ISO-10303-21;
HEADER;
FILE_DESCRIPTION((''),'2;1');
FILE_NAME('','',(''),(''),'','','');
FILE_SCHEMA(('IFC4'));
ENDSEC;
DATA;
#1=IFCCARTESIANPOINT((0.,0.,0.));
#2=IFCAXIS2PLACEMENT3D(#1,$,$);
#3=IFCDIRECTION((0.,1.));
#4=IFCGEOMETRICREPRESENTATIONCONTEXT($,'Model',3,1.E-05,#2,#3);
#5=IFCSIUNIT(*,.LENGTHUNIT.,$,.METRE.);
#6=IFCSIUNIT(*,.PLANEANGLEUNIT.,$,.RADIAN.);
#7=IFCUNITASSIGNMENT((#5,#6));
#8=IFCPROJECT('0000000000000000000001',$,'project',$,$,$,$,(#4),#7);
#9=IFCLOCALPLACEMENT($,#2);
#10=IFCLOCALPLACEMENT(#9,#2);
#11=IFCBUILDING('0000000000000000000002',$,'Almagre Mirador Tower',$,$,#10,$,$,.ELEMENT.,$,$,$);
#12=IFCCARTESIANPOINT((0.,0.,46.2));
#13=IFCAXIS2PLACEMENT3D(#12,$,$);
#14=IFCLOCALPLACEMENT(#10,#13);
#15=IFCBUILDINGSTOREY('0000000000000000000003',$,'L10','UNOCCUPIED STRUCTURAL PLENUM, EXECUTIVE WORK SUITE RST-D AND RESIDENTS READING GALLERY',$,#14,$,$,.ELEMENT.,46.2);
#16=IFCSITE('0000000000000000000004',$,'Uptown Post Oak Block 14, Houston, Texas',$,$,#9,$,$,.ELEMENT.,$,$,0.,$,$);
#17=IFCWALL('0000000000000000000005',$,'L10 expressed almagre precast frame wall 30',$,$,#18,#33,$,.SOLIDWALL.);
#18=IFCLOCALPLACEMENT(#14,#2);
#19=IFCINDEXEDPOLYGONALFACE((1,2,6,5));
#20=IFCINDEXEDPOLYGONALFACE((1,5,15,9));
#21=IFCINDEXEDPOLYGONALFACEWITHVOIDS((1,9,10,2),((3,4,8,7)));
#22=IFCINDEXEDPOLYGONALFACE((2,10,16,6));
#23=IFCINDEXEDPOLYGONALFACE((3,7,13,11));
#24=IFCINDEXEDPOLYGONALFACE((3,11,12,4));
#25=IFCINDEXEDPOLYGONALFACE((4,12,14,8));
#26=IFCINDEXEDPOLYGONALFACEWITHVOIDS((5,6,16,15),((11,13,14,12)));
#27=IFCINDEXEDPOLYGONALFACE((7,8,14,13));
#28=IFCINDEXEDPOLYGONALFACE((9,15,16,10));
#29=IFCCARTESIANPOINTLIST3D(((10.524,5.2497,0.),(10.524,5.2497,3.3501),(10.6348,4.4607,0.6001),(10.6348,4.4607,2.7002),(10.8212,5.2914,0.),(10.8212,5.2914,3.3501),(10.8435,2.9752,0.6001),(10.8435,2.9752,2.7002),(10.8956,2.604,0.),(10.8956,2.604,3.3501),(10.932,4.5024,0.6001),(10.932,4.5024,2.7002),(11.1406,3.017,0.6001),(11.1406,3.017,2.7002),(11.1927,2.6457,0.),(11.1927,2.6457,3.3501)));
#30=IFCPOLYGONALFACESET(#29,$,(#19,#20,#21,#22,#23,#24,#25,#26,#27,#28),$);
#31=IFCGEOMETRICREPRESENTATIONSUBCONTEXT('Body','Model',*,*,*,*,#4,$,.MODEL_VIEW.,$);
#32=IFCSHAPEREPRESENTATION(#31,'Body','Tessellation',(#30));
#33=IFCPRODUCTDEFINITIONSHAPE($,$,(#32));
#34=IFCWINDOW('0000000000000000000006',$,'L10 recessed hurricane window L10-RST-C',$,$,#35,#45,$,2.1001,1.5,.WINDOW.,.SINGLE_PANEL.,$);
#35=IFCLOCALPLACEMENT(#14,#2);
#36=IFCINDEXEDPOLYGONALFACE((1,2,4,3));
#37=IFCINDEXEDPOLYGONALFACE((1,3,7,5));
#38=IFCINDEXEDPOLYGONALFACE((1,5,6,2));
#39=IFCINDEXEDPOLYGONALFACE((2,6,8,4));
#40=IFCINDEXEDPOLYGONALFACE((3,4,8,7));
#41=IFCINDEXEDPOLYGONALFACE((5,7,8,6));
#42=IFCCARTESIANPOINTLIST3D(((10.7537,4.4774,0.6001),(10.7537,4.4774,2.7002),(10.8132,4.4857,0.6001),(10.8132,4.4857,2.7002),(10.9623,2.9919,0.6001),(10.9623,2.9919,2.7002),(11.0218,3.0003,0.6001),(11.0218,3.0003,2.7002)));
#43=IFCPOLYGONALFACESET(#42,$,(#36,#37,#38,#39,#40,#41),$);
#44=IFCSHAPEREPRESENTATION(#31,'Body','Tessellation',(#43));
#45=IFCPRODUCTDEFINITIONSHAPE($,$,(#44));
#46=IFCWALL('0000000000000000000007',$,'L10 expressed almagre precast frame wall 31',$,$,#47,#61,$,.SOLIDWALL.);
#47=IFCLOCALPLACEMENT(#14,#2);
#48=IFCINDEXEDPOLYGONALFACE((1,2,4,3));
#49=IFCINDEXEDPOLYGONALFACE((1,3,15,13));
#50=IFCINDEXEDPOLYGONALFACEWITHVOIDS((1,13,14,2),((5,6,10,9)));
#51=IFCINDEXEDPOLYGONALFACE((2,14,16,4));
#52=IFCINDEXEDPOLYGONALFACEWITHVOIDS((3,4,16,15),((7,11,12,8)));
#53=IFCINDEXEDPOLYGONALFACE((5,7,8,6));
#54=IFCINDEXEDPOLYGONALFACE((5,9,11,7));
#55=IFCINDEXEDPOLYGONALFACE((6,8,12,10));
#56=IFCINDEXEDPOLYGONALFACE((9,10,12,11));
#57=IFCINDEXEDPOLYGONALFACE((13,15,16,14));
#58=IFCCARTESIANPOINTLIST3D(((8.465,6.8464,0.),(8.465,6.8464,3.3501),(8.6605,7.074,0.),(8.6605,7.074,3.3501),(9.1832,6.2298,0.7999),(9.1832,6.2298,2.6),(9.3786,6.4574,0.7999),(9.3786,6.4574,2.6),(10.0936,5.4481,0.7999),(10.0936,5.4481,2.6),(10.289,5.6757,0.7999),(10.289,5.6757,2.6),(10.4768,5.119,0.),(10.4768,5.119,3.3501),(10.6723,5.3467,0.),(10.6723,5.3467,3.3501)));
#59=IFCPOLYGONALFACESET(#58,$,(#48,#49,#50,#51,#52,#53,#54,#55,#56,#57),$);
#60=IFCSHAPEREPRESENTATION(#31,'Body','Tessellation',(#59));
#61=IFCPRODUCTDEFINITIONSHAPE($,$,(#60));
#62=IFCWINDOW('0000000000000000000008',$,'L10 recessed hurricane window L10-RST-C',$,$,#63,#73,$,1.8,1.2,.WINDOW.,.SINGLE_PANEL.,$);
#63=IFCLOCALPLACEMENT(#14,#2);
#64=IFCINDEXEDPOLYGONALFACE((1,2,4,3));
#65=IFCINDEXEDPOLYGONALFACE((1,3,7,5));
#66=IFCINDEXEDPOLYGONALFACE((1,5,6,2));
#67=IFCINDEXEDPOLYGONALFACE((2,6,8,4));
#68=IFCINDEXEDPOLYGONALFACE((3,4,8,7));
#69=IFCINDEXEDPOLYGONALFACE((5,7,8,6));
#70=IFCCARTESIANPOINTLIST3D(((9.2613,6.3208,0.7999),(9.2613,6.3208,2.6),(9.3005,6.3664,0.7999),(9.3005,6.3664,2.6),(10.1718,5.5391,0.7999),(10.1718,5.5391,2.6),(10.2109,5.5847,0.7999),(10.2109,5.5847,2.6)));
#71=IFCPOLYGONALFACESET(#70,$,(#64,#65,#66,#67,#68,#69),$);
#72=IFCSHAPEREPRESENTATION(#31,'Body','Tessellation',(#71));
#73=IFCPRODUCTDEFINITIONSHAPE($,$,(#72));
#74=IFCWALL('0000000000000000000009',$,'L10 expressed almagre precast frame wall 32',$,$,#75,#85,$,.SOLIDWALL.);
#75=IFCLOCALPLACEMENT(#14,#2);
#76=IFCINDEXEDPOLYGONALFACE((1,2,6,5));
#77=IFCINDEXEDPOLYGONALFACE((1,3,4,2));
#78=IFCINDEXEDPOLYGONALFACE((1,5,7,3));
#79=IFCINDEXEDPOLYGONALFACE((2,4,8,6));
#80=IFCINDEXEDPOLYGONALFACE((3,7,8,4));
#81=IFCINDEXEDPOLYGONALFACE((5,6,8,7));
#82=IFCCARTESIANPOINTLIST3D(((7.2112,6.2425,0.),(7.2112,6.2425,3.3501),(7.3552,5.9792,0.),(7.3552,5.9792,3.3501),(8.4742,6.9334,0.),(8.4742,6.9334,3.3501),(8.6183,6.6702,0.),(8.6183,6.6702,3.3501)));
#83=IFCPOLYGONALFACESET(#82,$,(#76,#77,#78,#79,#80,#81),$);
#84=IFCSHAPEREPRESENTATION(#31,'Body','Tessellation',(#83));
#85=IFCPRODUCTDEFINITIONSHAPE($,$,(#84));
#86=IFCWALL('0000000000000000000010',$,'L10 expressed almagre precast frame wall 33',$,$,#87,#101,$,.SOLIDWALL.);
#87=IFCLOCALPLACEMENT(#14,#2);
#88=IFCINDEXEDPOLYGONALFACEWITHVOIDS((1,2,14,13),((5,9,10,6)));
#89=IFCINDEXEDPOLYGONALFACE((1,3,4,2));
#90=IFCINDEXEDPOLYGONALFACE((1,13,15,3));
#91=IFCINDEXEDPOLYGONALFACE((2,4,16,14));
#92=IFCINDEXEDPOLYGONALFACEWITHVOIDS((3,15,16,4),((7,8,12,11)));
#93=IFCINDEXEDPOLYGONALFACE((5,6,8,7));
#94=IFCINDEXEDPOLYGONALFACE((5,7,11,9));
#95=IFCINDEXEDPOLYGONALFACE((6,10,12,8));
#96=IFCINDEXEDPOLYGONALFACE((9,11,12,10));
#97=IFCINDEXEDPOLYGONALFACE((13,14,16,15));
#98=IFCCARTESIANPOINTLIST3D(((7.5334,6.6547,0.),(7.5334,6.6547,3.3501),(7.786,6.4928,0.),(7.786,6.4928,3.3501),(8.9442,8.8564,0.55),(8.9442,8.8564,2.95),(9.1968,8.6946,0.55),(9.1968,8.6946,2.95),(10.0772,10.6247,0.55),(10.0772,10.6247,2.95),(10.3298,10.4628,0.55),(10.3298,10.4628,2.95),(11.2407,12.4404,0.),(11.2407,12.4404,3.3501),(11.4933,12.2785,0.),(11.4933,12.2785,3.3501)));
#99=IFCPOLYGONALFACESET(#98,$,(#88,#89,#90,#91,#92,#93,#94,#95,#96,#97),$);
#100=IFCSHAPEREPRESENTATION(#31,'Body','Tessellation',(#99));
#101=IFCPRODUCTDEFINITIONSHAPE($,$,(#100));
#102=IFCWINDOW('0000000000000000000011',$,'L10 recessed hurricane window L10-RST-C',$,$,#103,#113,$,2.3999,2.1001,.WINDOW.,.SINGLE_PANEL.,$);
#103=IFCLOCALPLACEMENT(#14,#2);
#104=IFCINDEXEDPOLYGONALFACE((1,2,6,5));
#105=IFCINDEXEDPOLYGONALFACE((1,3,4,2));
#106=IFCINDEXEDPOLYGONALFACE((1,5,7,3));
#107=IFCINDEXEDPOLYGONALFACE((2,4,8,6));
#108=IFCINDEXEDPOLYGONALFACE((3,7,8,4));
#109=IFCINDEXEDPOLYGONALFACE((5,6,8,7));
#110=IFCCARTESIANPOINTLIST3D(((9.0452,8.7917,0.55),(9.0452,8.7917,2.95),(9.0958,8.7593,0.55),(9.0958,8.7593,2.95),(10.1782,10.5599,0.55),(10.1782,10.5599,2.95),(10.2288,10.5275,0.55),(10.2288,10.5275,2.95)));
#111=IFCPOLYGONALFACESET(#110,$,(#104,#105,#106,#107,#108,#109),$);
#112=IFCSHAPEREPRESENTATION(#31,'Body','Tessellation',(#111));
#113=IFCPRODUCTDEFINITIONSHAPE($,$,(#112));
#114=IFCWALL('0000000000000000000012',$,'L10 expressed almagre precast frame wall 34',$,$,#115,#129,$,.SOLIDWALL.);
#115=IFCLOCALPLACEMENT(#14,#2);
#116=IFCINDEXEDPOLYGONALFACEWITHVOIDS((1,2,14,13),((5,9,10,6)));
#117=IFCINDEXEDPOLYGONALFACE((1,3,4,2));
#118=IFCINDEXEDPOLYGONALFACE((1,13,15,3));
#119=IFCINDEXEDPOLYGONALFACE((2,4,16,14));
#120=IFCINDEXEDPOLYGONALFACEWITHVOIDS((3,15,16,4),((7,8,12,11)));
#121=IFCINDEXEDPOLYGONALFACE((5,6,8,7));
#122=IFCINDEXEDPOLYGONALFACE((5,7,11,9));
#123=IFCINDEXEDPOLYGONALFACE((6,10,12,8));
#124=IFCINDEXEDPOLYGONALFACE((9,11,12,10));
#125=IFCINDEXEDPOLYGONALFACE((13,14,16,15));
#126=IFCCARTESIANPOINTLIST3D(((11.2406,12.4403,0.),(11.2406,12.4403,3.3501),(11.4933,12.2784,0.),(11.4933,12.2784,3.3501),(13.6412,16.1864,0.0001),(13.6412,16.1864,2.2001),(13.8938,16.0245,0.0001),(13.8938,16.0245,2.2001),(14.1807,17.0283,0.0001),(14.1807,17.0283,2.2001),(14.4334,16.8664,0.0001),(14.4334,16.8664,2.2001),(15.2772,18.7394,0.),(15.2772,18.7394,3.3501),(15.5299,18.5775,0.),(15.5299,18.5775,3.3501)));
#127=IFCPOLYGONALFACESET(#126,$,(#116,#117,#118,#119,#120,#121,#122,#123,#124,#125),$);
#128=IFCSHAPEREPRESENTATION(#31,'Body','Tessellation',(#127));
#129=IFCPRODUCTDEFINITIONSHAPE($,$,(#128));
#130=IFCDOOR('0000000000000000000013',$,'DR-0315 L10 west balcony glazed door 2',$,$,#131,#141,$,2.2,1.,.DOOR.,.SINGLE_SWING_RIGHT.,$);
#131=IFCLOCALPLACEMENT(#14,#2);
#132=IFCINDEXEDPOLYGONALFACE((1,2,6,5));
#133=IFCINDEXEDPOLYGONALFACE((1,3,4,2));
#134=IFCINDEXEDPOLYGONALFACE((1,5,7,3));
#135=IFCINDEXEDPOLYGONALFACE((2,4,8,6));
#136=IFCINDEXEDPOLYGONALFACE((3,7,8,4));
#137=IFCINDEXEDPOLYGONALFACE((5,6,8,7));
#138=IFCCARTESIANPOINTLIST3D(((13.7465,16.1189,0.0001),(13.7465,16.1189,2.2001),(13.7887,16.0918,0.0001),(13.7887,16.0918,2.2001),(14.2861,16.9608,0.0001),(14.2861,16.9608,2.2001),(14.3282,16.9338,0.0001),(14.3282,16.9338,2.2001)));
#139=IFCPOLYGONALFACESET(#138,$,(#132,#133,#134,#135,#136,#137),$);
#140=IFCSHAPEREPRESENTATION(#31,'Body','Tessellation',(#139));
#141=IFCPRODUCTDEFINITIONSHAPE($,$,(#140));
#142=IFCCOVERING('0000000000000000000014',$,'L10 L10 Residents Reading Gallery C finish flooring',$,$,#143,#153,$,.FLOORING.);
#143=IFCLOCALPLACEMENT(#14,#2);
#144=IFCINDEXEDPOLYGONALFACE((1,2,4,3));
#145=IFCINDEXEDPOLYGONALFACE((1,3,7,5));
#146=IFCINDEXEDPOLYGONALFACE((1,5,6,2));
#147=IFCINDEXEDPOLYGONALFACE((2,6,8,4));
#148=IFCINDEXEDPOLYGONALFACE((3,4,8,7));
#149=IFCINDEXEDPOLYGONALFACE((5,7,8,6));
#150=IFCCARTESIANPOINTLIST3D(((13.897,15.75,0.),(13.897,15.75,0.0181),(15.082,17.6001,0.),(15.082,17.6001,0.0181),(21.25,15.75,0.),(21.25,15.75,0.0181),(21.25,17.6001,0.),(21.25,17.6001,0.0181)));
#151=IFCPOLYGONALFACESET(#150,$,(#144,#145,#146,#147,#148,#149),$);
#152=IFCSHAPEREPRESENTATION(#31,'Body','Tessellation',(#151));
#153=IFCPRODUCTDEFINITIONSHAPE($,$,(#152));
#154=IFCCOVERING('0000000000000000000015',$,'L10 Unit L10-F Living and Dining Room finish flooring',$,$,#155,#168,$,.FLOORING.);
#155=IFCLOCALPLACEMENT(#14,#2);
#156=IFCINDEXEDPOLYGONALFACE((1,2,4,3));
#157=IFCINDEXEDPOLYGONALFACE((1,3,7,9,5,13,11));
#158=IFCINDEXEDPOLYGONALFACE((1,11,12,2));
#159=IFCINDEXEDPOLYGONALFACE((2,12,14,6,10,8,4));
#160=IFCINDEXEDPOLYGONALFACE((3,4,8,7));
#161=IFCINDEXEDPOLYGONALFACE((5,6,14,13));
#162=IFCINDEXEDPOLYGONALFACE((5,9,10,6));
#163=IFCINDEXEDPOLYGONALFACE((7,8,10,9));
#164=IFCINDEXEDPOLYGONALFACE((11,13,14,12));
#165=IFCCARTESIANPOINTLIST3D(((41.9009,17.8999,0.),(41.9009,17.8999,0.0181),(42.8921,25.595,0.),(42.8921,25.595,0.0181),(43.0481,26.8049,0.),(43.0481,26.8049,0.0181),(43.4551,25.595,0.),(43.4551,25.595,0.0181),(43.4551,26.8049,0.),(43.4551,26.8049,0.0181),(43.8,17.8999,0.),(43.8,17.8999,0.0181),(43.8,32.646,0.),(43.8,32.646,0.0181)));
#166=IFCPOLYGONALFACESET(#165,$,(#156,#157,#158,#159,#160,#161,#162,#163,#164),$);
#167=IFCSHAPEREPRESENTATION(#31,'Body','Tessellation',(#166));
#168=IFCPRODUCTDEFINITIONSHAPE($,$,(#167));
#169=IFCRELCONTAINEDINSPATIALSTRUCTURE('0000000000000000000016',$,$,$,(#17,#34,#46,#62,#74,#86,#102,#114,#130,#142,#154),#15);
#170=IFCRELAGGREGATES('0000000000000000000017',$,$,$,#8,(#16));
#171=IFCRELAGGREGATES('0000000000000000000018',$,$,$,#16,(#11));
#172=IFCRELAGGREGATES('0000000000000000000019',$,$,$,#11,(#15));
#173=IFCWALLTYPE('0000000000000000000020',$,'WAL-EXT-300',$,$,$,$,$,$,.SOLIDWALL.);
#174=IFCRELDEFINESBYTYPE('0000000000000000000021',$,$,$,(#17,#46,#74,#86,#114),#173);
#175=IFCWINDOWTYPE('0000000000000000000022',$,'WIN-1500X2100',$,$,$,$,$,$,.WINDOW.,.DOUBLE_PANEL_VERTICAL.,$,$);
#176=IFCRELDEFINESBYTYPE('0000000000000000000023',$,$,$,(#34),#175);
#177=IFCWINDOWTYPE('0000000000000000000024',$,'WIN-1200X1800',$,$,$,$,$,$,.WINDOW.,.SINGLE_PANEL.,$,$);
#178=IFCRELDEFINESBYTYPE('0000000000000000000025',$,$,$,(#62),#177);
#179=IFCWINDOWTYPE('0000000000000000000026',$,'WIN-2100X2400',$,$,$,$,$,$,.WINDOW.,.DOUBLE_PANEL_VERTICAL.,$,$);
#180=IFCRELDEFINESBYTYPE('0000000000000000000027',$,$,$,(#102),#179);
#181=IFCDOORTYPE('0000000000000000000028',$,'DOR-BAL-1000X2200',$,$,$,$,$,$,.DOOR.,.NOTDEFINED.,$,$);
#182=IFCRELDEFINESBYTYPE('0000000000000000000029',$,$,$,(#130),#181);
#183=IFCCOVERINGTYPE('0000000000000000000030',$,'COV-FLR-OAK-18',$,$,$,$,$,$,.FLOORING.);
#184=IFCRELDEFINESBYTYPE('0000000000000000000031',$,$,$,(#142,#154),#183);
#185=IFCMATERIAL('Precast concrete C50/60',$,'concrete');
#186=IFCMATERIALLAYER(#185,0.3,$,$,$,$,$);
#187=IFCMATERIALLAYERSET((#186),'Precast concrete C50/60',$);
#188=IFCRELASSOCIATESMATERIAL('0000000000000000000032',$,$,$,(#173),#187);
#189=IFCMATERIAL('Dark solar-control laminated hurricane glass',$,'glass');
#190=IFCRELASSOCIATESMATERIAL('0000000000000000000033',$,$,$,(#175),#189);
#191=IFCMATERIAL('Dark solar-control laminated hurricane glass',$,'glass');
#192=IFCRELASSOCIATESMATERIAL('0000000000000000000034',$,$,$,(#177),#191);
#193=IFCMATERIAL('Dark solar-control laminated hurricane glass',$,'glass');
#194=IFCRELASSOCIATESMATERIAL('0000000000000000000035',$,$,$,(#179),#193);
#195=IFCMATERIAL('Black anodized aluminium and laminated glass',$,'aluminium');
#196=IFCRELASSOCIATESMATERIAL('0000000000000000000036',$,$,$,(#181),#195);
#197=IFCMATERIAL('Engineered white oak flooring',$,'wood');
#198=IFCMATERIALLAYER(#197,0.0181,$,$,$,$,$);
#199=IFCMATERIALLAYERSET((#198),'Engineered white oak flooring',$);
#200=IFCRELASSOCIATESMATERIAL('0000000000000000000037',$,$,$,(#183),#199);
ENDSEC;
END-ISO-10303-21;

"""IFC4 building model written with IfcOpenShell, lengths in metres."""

from ifc_helpers import new_model, si_unit, direction, frame, frame_2d, origin, place, context, subcontext, project, spatial, polyline, rectangle, outline, extrude, material, layer, layer_set, type_object, element, fill, save


model = new_model("IFC4")

# Units and contexts
model_context = context("Model", 3, precision=1e-05, world=origin(), true_north=direction((0.0, 1.0)))
body_context = subcontext(model_context, "Body", "Model", "MODEL_VIEW")
ifc_project = project(units=[si_unit("LENGTHUNIT", "METRE"), si_unit("PLANEANGLEUNIT", "RADIAN")], contexts=[model_context])

# Site, building, storey
site_placement = place(None, origin())
site = spatial("IfcSite", under=ifc_project, at=site_placement, Name="Uptown Post Oak Block 14, Houston, Texas", CompositionType="ELEMENT", RefElevation=0.0)
building_placement = place(site_placement, origin())
building = spatial("IfcBuilding", under=site, at=building_placement, Name="Almagre Mirador Tower", CompositionType="ELEMENT")
storey_placement = place(building_placement, frame((0.0, 0.0, 46.2)))
storey = spatial("IfcBuildingStorey", under=building, at=storey_placement, Name="L10", Description="UNOCCUPIED STRUCTURAL PLENUM, EXECUTIVE WORK SUITE RST-D AND RESIDENTS READING GALLERY", CompositionType="ELEMENT", Elevation=46.2)

# Shared definitions
ifc_material_1 = material(Name="Precast concrete C50/60", Category="concrete")
ifc_layer_1 = layer(ifc_material_1, 0.3)
ifc_layer_set_1 = layer_set([ifc_layer_1], Name="Precast concrete C50/60")
wall_type = type_object("IfcWallType", Name="WAL-EXT-300", PredefinedType="SOLIDWALL", material=ifc_layer_set_1)

# Walls, openings, windows
wall_1_placement = place(storey_placement, frame((11.0442, 2.6248, 0.0), z_axis=(0.0, 0.0, 1.0), x_axis=(-0.13908, 0.990281, 0.0)))
wall_1 = element("IfcWall", 1, at=wall_1_placement, inside=storey, type_object=wall_type, Name="L10 expressed almagre precast frame wall 30", PredefinedType="SOLIDWALL", context=body_context, shape_type="SweptSolid", body=[
    extrude(rectangle(XDim=2.6716, YDim=0.3, at=frame_2d((1.3359, 0.0))), origin(), (0.0, 0.0, 1.0), 3.3501),
])
opening_1_placement = place(wall_1_placement, frame((0.375, 0.0, 0.6001)))
opening_1 = element("IfcOpeningElement", 2, at=opening_1_placement, cuts=wall_1, PredefinedType="OPENING", context=body_context, shape_type="SweptSolid", body=[
    extrude(rectangle(XDim=1.5, YDim=2.1001, at=frame_2d((0.75, 1.05))), frame((0.0, 0.1599, 0.0), z_axis=(0.0, -1.0, 0.0), x_axis=(1.0, 0.0, 0.0)), (0.0, 0.0, 1.0), 0.32),
])
ifc_material_2 = material(Name="Dark solar-control laminated hurricane glass", Category="glass")
window_type_1 = type_object("IfcWindowType", Name="WIN-1500X2100", PartitioningType="DOUBLE_PANEL_VERTICAL", PredefinedType="WINDOW", material=ifc_material_2)
window_1_placement = place(opening_1_placement, origin())
window_1 = element("IfcWindow", 3, at=window_1_placement, inside=storey, type_object=window_type_1, Name="L10 recessed hurricane window L10-RST-C", OverallHeight=2.1001, OverallWidth=1.5, PartitioningType="SINGLE_PANEL", PredefinedType="WINDOW", context=body_context, shape_type="SweptSolid", body=[
    extrude(rectangle(XDim=1.5, YDim=2.1001, at=frame_2d((0.75, 1.05))), frame((0.0, 0.03, 0.0), z_axis=(0.0, -1.0, 0.0), x_axis=(1.0, 0.0, 0.0)), (0.0, 0.0, 1.0), 0.0601),
])
fill(opening_1, window_1)
wall_2_placement = place(storey_placement, frame((10.5745, 5.2329, 0.0), z_axis=(0.0, 0.0, 1.0), x_axis=(-0.758704, 0.651436, 0.0)))
wall_2 = element("IfcWall", 4, at=wall_2_placement, inside=storey, type_object=wall_type, Name="L10 expressed almagre precast frame wall 31", PredefinedType="SOLIDWALL", context=body_context, shape_type="SweptSolid", body=[
    extrude(rectangle(XDim=2.6516, YDim=0.3, at=frame_2d((1.3257, 0.0))), origin(), (0.0, 0.0, 1.0), 3.3501),
])
opening_2_placement = place(wall_2_placement, frame((0.5049, 0.0, 0.8)))
opening_2 = element("IfcOpeningElement", 5, at=opening_2_placement, cuts=wall_2, PredefinedType="OPENING", context=body_context, shape_type="SweptSolid", body=[
    extrude(rectangle(XDim=1.2, YDim=1.8, at=frame_2d((0.6001, 0.8999))), frame((0.0, 0.1599, 0.0), z_axis=(0.0, -1.0, 0.0), x_axis=(1.0, 0.0, 0.0)), (0.0, 0.0, 1.0), 0.32),
])
ifc_material_3 = material(Name="Dark solar-control laminated hurricane glass", Category="glass")
window_type_2 = type_object("IfcWindowType", Name="WIN-1200X1800", PartitioningType="SINGLE_PANEL", PredefinedType="WINDOW", material=ifc_material_3)
window_2_placement = place(opening_2_placement, origin())
window_2 = element("IfcWindow", 6, at=window_2_placement, inside=storey, type_object=window_type_2, Name="L10 recessed hurricane window L10-RST-C", OverallHeight=1.8, OverallWidth=1.2, PartitioningType="SINGLE_PANEL", PredefinedType="WINDOW", context=body_context, shape_type="SweptSolid", body=[
    extrude(rectangle(XDim=1.2, YDim=1.8, at=frame_2d((0.6001, 0.8999))), frame((0.0, 0.03, 0.0), z_axis=(0.0, -1.0, 0.0), x_axis=(1.0, 0.0, 0.0)), (0.0, 0.0, 1.0), 0.0601),
])
fill(opening_2, window_2)

# Wall
wall_3_placement = place(storey_placement, frame((8.5461, 6.8018, 0.0), z_axis=(0.0, 0.0, 1.0), x_axis=(-0.877299, -0.479945, 0.0)))
element("IfcWall", 7, at=wall_3_placement, inside=storey, type_object=wall_type, Name="L10 expressed almagre precast frame wall 32", PredefinedType="SOLIDWALL", context=body_context, shape_type="SweptSolid", body=[
    extrude(rectangle(XDim=1.4397, YDim=0.3, at=frame_2d((0.7197, 0.0))), origin(), (0.0, 0.0, 1.0), 3.3501),
])

# Wall, opening, window
wall_4_placement = place(storey_placement, frame((7.6597, 6.5737, 0.0), z_axis=(0.0, 0.0, 1.0), x_axis=(0.539514, 0.841976, 0.0)))
wall_4 = element("IfcWall", 8, at=wall_4_placement, inside=storey, type_object=wall_type, Name="L10 expressed almagre precast frame wall 33", PredefinedType="SOLIDWALL", context=body_context, shape_type="SweptSolid", body=[
    extrude(rectangle(XDim=6.8716, YDim=0.3, at=frame_2d((3.4358, 0.0))), origin(), (0.0, 0.0, 1.0), 3.3501),
])
opening_3_placement = place(wall_4_placement, frame((2.615, 0.0, 0.55)))
opening_3 = element("IfcOpeningElement", 9, at=opening_3_placement, cuts=wall_4, PredefinedType="OPENING", context=body_context, shape_type="SweptSolid", body=[
    extrude(rectangle(XDim=2.1001, YDim=2.3999, at=frame_2d((1.05, 1.2))), frame((0.0, 0.1599, 0.0), z_axis=(0.0, -1.0, 0.0), x_axis=(1.0, 0.0, 0.0)), (0.0, 0.0, 1.0), 0.32),
])
ifc_material_4 = material(Name="Dark solar-control laminated hurricane glass", Category="glass")
window_type_3 = type_object("IfcWindowType", Name="WIN-2100X2400", PartitioningType="DOUBLE_PANEL_VERTICAL", PredefinedType="WINDOW", material=ifc_material_4)
window_3_placement = place(opening_3_placement, origin())
window_3 = element("IfcWindow", 10, at=window_3_placement, inside=storey, type_object=window_type_3, Name="L10 recessed hurricane window L10-RST-C", OverallHeight=2.3999, OverallWidth=2.1001, PartitioningType="SINGLE_PANEL", PredefinedType="WINDOW", context=body_context, shape_type="SweptSolid", body=[
    extrude(rectangle(XDim=2.1001, YDim=2.3999, at=frame_2d((1.05, 1.2))), frame((0.0, 0.03, 0.0), z_axis=(0.0, -1.0, 0.0), x_axis=(1.0, 0.0, 0.0)), (0.0, 0.0, 1.0), 0.0601),
])
fill(opening_3, window_3)

# Wall, opening, door
wall_5_placement = place(storey_placement, frame((11.3669, 12.3594, 0.0), z_axis=(0.0, 0.0, 1.0), x_axis=(0.539548, 0.841955, 0.0)))
wall_5 = element("IfcWall", 11, at=wall_5_placement, inside=storey, type_object=wall_type, Name="L10 expressed almagre precast frame wall 34", PredefinedType="SOLIDWALL", context=body_context, shape_type="SweptSolid", body=[
    extrude(rectangle(XDim=7.4814, YDim=0.3, at=frame_2d((3.7407, 0.0))), origin(), (0.0, 0.0, 1.0), 3.3501),
])
opening_4_placement = place(wall_5_placement, frame((4.4492, 0.0, 0.0)))
opening_4 = element("IfcOpeningElement", 12, at=opening_4_placement, cuts=wall_5, PredefinedType="OPENING", context=body_context, shape_type="SweptSolid", body=[
    extrude(rectangle(XDim=1.0, YDim=2.2, at=frame_2d((0.5, 1.1001))), frame((0.0, 0.1599, 0.0), z_axis=(0.0, -1.0, 0.0), x_axis=(1.0, 0.0, 0.0)), (0.0, 0.0, 1.0), 0.32),
])
ifc_material_5 = material(Name="Black anodized aluminium and laminated glass", Category="aluminium")
door_type = type_object("IfcDoorType", Name="DOR-BAL-1000X2200", OperationType="NOTDEFINED", PredefinedType="DOOR", material=ifc_material_5)
door_placement = place(opening_4_placement, origin())
door = element("IfcDoor", 13, at=door_placement, inside=storey, type_object=door_type, Name="DR-0315 L10 west balcony glazed door 2", OperationType="SINGLE_SWING_RIGHT", OverallHeight=2.2, OverallWidth=1.0, PredefinedType="DOOR", context=body_context, shape_type="SweptSolid", body=[
    extrude(rectangle(XDim=1.0, YDim=2.2, at=frame_2d((0.5, 1.1001))), frame((0.0, 0.0249, 0.0), z_axis=(0.0, -1.0, 0.0), x_axis=(1.0, 0.0, 0.0)), (0.0, 0.0, 1.0), 0.05),
])
fill(opening_4, door)

# Coverings
ifc_material_6 = material(Name="Engineered white oak flooring", Category="wood")
ifc_layer_2 = layer(ifc_material_6, 0.0181)
ifc_layer_set_2 = layer_set([ifc_layer_2], Name="Engineered white oak flooring")
covering_type = type_object("IfcCoveringType", Name="COV-FLR-OAK-18", PredefinedType="FLOORING", material=ifc_layer_set_2)
covering_1_placement = place(storey_placement, origin())
element("IfcCovering", 14, at=covering_1_placement, inside=storey, type_object=covering_type, Name="L10 L10 Residents Reading Gallery C finish flooring", PredefinedType="FLOORING", context=body_context, shape_type="SweptSolid", body=[
    extrude(outline(polyline([(21.25, 17.6001), (21.25, 15.75), (13.897, 15.75), (15.082, 17.6001), (21.25, 17.6001)])), origin(), (0.0, 0.0, 1.0), 0.0181),
])
covering_2_placement = place(storey_placement, origin())
element("IfcCovering", 15, at=covering_2_placement, inside=storey, type_object=covering_type, Name="L10 Unit L10-F Living and Dining Room finish flooring", PredefinedType="FLOORING", context=body_context, shape_type="SweptSolid", body=[
    extrude(outline(polyline([(42.8921, 25.595), (43.4551, 25.595), (43.4551, 26.8049), (43.0481, 26.8049), (43.8, 32.646), (43.8, 17.8999), (41.9009, 17.8999), (42.8921, 25.595)])), origin(), (0.0, 0.0, 1.0), 0.0181),
])

save(model, "model.ifc")
